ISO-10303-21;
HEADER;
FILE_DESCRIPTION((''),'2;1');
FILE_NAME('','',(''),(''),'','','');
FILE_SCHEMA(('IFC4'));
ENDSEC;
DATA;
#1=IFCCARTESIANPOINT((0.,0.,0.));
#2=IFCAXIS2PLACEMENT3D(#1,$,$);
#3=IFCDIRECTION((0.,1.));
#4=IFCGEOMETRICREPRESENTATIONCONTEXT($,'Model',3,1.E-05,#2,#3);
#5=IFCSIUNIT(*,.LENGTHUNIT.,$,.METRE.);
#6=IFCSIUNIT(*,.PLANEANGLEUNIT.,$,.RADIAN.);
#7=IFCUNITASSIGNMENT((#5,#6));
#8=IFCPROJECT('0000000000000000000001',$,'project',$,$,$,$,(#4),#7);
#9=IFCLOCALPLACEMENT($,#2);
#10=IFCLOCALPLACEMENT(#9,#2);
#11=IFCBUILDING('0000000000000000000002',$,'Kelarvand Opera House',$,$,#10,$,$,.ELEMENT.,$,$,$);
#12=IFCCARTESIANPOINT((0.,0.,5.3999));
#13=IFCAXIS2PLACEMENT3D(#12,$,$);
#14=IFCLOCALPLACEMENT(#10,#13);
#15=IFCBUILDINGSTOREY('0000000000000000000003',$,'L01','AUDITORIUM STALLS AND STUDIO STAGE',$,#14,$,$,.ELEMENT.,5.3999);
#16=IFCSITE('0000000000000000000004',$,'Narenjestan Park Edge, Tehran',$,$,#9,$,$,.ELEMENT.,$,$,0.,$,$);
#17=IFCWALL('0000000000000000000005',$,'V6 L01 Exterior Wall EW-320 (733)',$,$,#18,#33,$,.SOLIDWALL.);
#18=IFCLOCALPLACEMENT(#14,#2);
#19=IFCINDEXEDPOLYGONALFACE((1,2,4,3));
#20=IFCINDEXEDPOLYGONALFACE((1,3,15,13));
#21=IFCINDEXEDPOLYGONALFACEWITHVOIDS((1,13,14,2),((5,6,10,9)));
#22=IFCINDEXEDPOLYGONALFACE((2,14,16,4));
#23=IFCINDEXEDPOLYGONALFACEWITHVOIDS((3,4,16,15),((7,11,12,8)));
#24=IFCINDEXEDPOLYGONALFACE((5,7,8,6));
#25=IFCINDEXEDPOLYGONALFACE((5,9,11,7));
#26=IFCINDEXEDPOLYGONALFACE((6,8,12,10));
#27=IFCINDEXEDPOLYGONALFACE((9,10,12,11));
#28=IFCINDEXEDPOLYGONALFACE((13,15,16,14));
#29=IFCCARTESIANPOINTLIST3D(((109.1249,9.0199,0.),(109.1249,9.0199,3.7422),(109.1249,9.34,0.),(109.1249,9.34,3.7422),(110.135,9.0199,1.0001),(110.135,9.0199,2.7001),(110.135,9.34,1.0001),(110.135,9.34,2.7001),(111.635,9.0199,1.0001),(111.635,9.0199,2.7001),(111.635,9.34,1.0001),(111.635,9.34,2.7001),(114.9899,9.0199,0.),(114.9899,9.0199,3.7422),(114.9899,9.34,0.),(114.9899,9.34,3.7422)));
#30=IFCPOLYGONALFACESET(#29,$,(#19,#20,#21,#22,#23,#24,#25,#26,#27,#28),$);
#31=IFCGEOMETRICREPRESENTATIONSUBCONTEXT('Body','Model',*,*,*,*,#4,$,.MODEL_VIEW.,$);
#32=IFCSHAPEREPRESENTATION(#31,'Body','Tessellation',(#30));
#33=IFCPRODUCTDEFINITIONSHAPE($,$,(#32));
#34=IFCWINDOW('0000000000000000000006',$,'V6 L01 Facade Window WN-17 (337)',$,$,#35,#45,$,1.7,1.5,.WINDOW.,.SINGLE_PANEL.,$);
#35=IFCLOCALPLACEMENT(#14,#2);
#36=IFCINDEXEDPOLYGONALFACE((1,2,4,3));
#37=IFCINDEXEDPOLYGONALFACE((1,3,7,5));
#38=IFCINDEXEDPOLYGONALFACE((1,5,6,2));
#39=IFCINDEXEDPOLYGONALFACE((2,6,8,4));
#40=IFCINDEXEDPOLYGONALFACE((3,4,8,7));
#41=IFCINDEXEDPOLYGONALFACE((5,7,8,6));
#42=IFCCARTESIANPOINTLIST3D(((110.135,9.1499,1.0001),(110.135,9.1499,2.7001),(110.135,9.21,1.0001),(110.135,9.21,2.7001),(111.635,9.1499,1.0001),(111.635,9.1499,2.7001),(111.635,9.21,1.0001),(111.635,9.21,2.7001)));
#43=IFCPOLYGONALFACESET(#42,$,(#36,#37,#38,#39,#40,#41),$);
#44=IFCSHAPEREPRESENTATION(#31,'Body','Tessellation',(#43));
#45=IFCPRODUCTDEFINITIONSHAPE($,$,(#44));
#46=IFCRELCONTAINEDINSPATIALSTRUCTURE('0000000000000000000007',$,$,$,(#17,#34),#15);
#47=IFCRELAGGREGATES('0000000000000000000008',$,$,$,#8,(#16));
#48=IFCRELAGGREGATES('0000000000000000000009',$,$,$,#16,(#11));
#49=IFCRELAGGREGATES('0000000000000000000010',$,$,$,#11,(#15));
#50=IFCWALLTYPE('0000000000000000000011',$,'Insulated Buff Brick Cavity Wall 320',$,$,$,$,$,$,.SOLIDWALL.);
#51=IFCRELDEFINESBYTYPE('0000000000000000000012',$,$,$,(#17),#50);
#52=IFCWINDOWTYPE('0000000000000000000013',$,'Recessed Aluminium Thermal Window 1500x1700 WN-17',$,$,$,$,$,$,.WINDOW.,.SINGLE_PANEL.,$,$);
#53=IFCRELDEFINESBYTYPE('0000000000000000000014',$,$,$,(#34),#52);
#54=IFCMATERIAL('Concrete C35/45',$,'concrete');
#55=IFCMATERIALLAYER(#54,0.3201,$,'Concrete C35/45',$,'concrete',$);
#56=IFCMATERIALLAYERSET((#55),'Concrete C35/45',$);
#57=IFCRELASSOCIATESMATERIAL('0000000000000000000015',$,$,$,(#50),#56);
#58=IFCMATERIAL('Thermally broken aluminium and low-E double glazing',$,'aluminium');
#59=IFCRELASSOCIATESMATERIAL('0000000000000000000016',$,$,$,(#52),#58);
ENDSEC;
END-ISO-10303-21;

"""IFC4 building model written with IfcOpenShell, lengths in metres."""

from ifc_helpers import new_model, si_unit, direction, frame, frame_2d, origin, place, context, subcontext, project, spatial, rectangle, extrude, material, layer, layer_set, type_object, element, fill, save


model = new_model("IFC4")

# Units and contexts
model_context = context("Model", 3, precision=1e-05, world=origin(), true_north=direction((0.0, 1.0)))
body_context = subcontext(model_context, "Body", "Model", "MODEL_VIEW")
ifc_project = project(units=[si_unit("LENGTHUNIT", "METRE"), si_unit("PLANEANGLEUNIT", "RADIAN")], contexts=[model_context])

# Site, building, storey
site_placement = place(None, origin())
site = spatial("IfcSite", under=ifc_project, at=site_placement, Name="Narenjestan Park Edge, Tehran", CompositionType="ELEMENT", RefElevation=0.0)
building_placement = place(site_placement, origin())
building = spatial("IfcBuilding", under=site, at=building_placement, Name="Kelarvand Opera House", CompositionType="ELEMENT")
storey_placement = place(building_placement, frame((0.0, 0.0, 5.3999)))
storey = spatial("IfcBuildingStorey", under=building, at=storey_placement, Name="L01", Description="AUDITORIUM STALLS AND STUDIO STAGE", CompositionType="ELEMENT", Elevation=5.3999)

# Wall, opening, window
ifc_material_1 = material(Name="Concrete C35/45", Category="concrete")
ifc_layer_1 = layer(ifc_material_1, 0.3201, Name="Concrete C35/45", Category="concrete")
ifc_layer_set_1 = layer_set([ifc_layer_1], Name="Concrete C35/45")
wall_type = type_object("IfcWallType", Name="Insulated Buff Brick Cavity Wall 320", PredefinedType="SOLIDWALL", material=ifc_layer_set_1)
wall_placement = place(storey_placement, frame((114.99, 9.1799, 0.0), z_axis=(0.0, 0.0, 1.0), x_axis=(-1.0, 0.0, 0.0)))
wall = element("IfcWall", 1, at=wall_placement, inside=storey, type_object=wall_type, Name="V6 L01 Exterior Wall EW-320 (733)", PredefinedType="SOLIDWALL", context=body_context, shape_type="SweptSolid", body=[
    extrude(rectangle(XDim=5.865, YDim=0.3201, at=frame_2d((2.9326, 0.0))), origin(), (0.0, 0.0, 1.0), 3.7422),
])
opening_placement = place(wall_placement, frame((3.355, 0.0, 1.0)))
opening = element("IfcOpeningElement", 2, at=opening_placement, cuts=wall, PredefinedType="OPENING", context=body_context, shape_type="SweptSolid", body=[
    extrude(rectangle(XDim=1.5, YDim=1.7, at=frame_2d((0.75, 0.8501))), frame((0.0, 0.1699, 0.0), z_axis=(0.0, -1.0, 0.0), x_axis=(1.0, 0.0, 0.0)), (0.0, 0.0, 1.0), 0.3401),
])
ifc_material_2 = material(Name="Thermally broken aluminium and low-E double glazing", Category="aluminium")
window_type = type_object("IfcWindowType", Name="Recessed Aluminium Thermal Window 1500x1700 WN-17", PartitioningType="SINGLE_PANEL", PredefinedType="WINDOW", material=ifc_material_2)
window_placement = place(opening_placement, origin())
window = element("IfcWindow", 3, at=window_placement, inside=storey, type_object=window_type, Name="V6 L01 Facade Window WN-17 (337)", OverallHeight=1.7, OverallWidth=1.5, PartitioningType="SINGLE_PANEL", PredefinedType="WINDOW", context=body_context, shape_type="SweptSolid", body=[
    extrude(rectangle(XDim=1.5, YDim=1.7, at=frame_2d((0.75, 0.8501))), frame((0.0, 0.03, 0.0), z_axis=(0.0, -1.0, 0.0), x_axis=(1.0, 0.0, 0.0)), (0.0, 0.0, 1.0), 0.0601),
])
fill(opening, window)

save(model, "model.ifc")
